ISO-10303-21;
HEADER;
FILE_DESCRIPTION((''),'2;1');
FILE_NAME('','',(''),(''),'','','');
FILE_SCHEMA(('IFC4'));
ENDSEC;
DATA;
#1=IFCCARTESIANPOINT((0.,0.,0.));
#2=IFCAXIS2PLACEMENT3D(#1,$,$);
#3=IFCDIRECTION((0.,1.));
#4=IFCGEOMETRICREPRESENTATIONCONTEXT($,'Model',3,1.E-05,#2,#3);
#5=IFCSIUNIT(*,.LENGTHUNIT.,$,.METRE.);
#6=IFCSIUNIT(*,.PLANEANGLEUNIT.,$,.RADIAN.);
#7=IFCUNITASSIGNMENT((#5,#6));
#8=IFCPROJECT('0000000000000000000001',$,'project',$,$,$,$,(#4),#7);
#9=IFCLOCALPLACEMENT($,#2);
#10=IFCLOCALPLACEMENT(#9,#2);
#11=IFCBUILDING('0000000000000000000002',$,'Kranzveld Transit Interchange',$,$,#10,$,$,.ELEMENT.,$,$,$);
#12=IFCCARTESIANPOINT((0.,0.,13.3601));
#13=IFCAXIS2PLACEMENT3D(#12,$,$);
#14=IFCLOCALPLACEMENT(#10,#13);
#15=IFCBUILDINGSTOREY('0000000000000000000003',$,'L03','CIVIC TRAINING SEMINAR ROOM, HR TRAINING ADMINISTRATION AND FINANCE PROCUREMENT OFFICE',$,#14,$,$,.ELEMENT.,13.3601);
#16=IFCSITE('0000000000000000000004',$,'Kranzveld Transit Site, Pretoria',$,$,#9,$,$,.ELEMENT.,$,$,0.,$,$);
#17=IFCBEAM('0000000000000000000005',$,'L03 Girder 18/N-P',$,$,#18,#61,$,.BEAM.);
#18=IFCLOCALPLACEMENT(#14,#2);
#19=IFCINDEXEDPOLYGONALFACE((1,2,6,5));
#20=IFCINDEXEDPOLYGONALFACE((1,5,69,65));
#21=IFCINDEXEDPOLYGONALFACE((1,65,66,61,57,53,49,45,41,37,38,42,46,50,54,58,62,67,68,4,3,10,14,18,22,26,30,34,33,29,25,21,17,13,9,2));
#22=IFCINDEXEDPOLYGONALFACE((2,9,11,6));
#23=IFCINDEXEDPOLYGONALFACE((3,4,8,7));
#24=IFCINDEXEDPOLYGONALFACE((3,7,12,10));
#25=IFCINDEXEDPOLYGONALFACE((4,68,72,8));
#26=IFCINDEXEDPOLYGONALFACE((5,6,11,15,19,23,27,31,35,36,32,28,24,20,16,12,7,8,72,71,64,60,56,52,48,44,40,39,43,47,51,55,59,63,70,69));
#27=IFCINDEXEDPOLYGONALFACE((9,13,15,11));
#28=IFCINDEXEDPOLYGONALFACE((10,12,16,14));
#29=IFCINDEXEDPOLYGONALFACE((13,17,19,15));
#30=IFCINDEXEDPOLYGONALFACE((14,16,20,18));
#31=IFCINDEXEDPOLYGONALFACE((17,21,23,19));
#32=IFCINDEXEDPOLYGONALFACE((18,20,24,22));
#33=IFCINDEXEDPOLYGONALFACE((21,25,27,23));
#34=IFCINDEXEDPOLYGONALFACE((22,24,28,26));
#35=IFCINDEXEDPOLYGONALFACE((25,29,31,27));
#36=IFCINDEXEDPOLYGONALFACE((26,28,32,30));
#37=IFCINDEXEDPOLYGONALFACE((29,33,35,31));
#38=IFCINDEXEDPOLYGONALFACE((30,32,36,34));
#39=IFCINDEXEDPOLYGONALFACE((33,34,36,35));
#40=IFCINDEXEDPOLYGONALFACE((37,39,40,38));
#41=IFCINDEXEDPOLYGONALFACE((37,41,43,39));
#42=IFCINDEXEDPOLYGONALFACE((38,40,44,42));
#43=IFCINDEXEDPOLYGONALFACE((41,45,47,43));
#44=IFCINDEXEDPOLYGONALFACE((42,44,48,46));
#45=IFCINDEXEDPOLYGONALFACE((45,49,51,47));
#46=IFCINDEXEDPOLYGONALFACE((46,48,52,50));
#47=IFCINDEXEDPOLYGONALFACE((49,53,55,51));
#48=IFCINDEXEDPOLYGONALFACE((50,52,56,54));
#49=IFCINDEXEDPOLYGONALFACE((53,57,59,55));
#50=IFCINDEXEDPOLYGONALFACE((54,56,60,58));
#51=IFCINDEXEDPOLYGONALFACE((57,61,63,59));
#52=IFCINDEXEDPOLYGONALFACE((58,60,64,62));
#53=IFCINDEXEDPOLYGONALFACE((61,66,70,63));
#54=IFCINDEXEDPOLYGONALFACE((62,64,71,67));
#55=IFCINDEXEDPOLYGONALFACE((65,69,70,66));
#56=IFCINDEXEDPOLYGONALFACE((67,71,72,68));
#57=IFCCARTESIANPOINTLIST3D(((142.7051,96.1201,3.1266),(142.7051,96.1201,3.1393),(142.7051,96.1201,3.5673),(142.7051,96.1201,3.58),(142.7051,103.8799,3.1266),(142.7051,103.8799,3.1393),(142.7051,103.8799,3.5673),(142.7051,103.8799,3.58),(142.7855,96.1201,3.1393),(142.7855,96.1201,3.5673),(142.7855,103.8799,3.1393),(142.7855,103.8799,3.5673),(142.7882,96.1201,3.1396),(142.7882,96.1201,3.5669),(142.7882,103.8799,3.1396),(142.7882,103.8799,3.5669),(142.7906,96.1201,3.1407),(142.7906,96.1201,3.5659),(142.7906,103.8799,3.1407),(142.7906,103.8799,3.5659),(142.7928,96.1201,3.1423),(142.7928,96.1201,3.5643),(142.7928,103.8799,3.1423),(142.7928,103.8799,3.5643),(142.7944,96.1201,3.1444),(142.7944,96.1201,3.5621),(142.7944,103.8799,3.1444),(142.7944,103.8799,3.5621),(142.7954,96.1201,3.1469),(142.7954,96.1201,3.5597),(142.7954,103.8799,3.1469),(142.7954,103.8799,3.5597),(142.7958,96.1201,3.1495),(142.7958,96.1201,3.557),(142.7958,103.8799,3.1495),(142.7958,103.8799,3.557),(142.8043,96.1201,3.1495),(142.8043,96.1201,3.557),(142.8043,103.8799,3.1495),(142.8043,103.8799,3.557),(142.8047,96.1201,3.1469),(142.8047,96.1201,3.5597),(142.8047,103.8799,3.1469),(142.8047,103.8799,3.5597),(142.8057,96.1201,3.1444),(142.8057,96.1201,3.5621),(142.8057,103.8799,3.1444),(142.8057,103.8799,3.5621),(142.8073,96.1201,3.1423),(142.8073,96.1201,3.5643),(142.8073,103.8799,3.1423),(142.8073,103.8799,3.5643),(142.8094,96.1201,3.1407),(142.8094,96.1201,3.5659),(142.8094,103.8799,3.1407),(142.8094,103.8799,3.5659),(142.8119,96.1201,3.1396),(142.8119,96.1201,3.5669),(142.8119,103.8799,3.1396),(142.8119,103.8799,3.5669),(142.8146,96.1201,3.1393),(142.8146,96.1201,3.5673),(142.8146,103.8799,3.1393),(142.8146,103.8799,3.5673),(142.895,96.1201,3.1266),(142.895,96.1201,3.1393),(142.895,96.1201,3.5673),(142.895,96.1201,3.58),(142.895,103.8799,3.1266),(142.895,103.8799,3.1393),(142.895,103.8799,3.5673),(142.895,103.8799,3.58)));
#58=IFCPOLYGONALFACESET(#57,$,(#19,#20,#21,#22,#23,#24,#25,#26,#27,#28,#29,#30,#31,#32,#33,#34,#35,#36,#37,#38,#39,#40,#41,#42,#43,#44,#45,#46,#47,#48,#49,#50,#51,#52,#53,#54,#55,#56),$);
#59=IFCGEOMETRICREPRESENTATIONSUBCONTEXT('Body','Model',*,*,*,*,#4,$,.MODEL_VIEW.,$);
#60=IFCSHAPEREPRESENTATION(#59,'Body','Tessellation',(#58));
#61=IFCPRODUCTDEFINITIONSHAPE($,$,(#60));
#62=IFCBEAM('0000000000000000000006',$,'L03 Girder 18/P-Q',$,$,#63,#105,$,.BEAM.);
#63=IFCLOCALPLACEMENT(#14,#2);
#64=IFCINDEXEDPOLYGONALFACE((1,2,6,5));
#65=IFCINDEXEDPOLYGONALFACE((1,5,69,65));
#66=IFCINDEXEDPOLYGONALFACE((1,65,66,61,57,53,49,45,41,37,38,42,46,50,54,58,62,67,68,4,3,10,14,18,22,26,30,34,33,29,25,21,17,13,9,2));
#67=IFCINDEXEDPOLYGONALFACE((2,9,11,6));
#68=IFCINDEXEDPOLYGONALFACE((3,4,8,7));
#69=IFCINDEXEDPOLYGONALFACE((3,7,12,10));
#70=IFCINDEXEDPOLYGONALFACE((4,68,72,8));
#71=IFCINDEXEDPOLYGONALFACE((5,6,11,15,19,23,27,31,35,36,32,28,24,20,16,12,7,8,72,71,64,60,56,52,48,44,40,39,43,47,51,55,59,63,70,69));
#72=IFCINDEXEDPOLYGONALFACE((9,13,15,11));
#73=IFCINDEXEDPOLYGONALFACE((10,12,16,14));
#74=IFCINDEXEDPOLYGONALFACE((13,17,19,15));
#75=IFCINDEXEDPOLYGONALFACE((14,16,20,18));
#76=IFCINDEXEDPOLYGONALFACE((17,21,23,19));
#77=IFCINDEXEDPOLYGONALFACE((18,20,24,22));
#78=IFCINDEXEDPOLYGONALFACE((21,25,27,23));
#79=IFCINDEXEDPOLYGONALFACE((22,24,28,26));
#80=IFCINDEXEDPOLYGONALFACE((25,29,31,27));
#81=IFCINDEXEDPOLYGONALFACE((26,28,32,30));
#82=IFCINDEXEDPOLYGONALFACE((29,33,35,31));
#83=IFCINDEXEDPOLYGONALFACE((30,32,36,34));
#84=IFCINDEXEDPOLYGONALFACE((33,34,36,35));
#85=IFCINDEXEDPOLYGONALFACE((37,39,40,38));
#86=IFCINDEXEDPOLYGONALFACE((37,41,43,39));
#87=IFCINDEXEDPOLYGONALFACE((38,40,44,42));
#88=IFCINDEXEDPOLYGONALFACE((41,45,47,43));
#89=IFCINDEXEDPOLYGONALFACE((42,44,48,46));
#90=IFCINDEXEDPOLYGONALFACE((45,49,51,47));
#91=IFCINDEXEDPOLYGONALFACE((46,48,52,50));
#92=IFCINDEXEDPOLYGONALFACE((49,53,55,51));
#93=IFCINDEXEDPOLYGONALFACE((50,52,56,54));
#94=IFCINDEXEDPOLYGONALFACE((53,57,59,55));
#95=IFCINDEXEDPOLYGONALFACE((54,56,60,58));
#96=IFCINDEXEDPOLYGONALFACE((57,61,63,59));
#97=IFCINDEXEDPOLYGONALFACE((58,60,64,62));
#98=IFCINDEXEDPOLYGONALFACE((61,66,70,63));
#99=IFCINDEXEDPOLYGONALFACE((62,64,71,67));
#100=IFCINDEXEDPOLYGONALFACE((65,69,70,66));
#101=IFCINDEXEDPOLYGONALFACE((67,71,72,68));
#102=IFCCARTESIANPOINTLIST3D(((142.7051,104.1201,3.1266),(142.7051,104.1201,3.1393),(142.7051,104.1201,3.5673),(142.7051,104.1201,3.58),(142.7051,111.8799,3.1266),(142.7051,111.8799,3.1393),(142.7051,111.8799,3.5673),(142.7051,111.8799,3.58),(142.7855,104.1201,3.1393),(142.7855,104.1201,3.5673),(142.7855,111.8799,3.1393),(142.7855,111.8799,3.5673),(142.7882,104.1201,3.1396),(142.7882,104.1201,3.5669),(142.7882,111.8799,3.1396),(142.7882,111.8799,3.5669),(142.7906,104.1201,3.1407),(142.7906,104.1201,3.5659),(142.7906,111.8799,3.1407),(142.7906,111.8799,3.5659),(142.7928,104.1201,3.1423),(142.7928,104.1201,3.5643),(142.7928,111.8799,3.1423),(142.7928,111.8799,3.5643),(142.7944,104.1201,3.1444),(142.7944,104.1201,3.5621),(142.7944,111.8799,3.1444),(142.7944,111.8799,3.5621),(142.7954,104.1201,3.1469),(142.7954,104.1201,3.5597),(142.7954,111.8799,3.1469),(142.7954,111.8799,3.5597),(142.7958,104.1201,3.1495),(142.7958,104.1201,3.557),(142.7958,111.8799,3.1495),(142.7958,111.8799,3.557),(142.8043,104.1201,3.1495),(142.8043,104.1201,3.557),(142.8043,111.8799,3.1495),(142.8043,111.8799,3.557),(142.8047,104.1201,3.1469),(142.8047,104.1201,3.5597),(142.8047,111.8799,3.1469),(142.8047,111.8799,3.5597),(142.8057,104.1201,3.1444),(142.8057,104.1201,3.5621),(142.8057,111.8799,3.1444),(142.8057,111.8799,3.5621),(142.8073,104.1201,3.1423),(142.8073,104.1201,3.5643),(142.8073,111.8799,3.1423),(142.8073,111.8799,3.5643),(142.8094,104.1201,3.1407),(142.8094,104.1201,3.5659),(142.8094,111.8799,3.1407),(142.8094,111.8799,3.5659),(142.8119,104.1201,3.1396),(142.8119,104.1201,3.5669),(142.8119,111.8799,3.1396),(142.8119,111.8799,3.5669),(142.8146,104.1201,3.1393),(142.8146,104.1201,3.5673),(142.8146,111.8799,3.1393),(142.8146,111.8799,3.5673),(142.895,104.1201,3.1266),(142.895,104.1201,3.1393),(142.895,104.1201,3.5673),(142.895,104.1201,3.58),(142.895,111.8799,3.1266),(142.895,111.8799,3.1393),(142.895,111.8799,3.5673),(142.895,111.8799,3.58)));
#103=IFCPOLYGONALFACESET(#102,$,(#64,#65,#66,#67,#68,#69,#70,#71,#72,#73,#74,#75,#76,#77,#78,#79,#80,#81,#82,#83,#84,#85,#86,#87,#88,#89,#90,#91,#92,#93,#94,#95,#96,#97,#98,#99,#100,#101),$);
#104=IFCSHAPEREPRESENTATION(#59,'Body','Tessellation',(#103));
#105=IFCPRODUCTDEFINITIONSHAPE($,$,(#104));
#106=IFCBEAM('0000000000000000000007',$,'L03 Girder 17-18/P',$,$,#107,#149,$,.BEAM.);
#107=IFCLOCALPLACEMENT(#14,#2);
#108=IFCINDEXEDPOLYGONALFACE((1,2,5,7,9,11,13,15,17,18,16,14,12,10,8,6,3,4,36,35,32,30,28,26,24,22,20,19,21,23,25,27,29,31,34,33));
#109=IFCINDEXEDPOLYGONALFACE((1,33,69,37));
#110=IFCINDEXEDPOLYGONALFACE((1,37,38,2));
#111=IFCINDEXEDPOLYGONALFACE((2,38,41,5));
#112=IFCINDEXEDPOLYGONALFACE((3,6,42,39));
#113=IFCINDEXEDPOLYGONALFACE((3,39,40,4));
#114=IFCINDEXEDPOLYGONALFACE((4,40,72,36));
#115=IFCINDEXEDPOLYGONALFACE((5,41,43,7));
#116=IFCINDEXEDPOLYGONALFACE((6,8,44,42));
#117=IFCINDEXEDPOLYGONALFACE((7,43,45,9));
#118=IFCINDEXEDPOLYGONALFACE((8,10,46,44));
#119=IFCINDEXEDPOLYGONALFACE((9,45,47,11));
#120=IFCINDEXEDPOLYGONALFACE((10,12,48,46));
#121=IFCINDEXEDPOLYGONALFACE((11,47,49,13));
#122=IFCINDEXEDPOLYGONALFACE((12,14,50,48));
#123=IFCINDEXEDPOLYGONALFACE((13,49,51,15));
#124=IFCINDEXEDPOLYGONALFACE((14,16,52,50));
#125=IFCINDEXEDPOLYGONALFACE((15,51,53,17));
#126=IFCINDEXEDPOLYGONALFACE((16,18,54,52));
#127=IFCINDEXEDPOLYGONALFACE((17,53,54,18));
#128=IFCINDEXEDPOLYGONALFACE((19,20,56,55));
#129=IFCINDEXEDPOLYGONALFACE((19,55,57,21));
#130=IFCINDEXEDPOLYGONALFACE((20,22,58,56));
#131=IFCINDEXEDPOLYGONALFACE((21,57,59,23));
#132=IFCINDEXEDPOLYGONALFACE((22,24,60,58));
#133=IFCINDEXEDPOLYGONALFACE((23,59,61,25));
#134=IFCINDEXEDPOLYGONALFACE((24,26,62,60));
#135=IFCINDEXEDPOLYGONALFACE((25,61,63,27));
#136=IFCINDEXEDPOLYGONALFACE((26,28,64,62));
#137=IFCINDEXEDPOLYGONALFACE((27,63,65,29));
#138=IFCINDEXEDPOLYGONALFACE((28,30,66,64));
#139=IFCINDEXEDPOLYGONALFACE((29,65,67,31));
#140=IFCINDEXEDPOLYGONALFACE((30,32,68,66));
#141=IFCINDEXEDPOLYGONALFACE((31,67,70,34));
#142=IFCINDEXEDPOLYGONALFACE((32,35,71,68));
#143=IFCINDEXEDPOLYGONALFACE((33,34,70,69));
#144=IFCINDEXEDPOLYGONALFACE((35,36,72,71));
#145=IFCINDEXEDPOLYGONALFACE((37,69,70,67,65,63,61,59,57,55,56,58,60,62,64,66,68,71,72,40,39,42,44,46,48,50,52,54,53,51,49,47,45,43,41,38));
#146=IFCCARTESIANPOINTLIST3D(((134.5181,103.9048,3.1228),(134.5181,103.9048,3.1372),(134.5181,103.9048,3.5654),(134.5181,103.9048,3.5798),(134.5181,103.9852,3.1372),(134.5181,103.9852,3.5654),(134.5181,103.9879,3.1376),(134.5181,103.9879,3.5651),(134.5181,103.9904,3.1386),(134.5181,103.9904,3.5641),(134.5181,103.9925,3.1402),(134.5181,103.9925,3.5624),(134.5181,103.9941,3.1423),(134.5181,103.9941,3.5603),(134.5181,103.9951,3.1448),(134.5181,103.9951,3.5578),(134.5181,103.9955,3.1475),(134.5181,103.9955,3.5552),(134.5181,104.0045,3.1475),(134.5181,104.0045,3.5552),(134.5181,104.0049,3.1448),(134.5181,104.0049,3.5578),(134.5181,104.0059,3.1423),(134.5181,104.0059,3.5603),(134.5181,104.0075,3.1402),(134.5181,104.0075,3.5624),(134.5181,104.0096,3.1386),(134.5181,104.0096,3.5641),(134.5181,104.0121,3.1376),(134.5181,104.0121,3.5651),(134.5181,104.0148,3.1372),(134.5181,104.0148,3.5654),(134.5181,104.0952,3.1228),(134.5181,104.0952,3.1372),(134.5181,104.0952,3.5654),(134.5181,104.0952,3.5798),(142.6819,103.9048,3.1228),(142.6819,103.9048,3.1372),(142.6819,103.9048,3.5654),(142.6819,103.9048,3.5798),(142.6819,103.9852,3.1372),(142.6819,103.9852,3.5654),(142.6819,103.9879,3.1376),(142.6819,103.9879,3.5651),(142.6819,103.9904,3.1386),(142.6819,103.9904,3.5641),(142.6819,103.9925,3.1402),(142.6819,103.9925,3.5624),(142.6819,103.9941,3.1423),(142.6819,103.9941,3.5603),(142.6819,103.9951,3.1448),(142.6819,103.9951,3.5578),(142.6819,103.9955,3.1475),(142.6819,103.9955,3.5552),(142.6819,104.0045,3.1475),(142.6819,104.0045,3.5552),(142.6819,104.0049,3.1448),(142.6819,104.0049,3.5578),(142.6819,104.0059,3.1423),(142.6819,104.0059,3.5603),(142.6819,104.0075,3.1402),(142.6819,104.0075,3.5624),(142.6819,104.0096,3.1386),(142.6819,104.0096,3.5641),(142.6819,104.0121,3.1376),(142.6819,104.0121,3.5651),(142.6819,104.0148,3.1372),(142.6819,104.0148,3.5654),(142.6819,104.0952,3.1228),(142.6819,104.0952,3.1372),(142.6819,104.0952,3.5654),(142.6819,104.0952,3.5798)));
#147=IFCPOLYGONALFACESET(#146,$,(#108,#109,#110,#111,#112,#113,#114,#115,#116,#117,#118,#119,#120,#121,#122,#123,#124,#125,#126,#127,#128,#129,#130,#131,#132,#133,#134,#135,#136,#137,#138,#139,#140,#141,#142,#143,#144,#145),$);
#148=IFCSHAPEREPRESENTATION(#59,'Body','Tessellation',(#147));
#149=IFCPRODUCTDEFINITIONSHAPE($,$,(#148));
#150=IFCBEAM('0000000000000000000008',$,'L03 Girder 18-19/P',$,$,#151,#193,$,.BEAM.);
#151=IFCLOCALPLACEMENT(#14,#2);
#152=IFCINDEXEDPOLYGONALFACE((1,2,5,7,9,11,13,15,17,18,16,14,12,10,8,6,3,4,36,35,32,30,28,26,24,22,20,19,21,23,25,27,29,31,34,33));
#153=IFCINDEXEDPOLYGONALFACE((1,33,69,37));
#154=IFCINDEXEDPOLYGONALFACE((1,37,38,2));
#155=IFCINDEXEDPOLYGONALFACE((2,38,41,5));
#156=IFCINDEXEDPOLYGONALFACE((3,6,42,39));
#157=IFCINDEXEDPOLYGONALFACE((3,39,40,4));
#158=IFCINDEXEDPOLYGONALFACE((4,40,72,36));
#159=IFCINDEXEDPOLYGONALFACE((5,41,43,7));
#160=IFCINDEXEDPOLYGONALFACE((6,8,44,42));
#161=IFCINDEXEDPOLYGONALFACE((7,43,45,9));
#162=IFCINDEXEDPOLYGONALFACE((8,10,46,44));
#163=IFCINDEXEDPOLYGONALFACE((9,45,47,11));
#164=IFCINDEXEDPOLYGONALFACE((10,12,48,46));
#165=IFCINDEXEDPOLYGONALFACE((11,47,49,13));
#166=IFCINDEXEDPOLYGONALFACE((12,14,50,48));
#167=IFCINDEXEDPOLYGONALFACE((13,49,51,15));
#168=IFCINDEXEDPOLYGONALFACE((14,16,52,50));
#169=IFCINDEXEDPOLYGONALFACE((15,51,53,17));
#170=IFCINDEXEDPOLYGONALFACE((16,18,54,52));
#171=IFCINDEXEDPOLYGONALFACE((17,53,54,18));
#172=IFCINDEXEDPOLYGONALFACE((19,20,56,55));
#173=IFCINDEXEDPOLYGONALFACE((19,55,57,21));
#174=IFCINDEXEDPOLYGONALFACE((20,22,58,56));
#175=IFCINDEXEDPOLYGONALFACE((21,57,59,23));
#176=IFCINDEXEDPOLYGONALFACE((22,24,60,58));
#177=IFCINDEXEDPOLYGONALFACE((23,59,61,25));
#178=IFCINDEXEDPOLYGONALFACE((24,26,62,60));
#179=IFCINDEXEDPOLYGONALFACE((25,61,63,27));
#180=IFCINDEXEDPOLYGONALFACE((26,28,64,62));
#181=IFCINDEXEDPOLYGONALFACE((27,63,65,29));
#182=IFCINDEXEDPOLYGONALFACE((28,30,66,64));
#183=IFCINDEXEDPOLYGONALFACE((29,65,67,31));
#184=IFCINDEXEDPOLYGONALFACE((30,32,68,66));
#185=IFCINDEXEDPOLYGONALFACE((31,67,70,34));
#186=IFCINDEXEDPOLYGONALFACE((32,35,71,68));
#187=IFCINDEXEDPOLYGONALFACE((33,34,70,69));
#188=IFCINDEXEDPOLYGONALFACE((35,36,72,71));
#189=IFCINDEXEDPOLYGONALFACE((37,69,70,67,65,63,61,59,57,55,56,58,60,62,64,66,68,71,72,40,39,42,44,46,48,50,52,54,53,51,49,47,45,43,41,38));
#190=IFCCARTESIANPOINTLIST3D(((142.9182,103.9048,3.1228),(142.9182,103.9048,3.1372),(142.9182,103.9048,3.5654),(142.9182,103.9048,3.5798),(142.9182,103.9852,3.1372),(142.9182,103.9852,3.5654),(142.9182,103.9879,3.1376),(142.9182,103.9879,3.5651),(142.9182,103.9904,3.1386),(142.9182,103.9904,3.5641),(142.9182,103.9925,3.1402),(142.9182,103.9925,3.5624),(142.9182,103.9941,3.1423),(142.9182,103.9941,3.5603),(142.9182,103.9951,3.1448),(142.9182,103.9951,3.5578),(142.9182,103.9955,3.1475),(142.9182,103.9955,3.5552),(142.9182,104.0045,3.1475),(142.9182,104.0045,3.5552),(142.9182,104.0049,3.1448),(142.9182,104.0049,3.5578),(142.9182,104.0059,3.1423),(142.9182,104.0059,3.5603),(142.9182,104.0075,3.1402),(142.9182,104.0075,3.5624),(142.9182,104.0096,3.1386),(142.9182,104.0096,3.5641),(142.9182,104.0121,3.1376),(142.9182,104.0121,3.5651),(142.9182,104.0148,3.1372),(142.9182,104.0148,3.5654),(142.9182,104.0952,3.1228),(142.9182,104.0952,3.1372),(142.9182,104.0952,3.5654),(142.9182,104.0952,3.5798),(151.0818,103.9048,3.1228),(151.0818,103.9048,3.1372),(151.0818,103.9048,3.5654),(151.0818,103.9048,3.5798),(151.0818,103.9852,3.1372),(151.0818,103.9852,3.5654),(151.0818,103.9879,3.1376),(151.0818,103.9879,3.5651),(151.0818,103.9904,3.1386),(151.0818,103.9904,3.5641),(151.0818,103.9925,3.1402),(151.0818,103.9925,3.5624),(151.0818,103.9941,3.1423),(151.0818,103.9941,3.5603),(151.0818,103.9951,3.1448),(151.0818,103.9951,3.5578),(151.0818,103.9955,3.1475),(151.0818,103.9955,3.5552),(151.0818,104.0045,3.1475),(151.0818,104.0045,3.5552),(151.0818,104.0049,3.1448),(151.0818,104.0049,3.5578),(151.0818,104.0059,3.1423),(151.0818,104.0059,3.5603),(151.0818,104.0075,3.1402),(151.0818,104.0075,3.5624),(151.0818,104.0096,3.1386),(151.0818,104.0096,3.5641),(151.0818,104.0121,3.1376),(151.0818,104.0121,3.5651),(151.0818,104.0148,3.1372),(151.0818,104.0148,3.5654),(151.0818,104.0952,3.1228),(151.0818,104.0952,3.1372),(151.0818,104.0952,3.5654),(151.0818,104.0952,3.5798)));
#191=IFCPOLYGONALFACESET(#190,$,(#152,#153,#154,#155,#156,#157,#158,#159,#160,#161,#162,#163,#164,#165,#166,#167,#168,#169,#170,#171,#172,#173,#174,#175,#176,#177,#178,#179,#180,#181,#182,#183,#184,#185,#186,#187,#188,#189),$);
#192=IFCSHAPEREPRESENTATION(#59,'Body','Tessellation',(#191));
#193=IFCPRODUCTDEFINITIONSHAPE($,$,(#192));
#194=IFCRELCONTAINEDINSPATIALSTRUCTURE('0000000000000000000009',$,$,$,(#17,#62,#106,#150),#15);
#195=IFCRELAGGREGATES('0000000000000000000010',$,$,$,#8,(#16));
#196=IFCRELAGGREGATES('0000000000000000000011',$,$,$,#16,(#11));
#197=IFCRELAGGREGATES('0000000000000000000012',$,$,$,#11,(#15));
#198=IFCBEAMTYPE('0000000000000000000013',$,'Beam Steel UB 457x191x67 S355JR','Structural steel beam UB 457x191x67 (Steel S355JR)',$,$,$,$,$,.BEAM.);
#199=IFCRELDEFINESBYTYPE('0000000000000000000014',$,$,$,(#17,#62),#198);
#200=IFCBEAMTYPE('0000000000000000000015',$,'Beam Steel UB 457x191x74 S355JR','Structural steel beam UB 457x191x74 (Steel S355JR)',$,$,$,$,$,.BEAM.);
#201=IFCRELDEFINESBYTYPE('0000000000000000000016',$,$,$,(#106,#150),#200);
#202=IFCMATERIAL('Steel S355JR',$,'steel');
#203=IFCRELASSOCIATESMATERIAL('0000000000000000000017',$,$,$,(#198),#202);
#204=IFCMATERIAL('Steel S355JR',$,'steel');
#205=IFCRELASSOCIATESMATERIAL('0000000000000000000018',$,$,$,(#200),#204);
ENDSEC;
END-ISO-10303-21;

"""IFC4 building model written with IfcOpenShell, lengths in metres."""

from ifc_helpers import new_model, si_unit, direction, frame, origin, origin_2d, place, context, subcontext, project, spatial, i_section, extrude, material, material_profile, profile_set, type_object, element, save


model = new_model("IFC4")

# Units and contexts
model_context = context("Model", 3, precision=1e-05, world=origin(), true_north=direction((0.0, 1.0)))
body_context = subcontext(model_context, "Body", "Model", "MODEL_VIEW")
ifc_project = project(units=[si_unit("LENGTHUNIT", "METRE"), si_unit("PLANEANGLEUNIT", "RADIAN")], contexts=[model_context])

# Site, building, storey
site_placement = place(None, origin())
site = spatial("IfcSite", under=ifc_project, at=site_placement, Name="Kranzveld Transit Site, Pretoria", CompositionType="ELEMENT", RefElevation=0.0)
building_placement = place(site_placement, origin())
building = spatial("IfcBuilding", under=site, at=building_placement, Name="Kranzveld Transit Interchange", CompositionType="ELEMENT")
storey_placement = place(building_placement, frame((0.0, 0.0, 13.3601)))
storey = spatial("IfcBuildingStorey", under=building, at=storey_placement, Name="L03", Description="CIVIC TRAINING SEMINAR ROOM, HR TRAINING ADMINISTRATION AND FINANCE PROCUREMENT OFFICE", CompositionType="ELEMENT", Elevation=13.3601)

# Beams
ifc_material_1 = material(Name="Steel S355JR", Category="steel")
ifc_material_profile_1 = material_profile(ifc_material_1, i_section(OverallWidth=0.1899, OverallDepth=0.4534, WebThickness=0.0085, FlangeThickness=0.0127, FilletRadius=0.0103, at=origin_2d()), Name="UB 457x191x67")
ifc_profile_set_1 = profile_set([ifc_material_profile_1], Name="Steel S355JR")
beam_type_1 = type_object("IfcBeamType", Name="Beam Steel UB 457x191x67 S355JR", Description="Structural steel beam UB 457x191x67 (Steel S355JR)", PredefinedType="BEAM", material=ifc_profile_set_1)
for number, where, z_axis, x_axis, name in (
    (1, (142.8, 96.1201, 3.3533), (0.0, 1.0, 0.0), (-1.0, 0.0, 0.0), "L03 Girder 18/N-P"),
    (2, (142.8, 104.1201, 3.3533), (0.0, 1.0, 0.0), (-1.0, 0.0, 0.0), "L03 Girder 18/P-Q"),
):
    element("IfcBeam", number, at=place(storey_placement, frame(where, z_axis=z_axis, x_axis=x_axis)), inside=storey, type_object=beam_type_1, Name=name, PredefinedType="BEAM", context=body_context, shape_type="SweptSolid", body=[
        extrude(i_section(OverallWidth=0.1899, OverallDepth=0.4534, WebThickness=0.0085, FlangeThickness=0.0127, FilletRadius=0.0103, at=origin_2d()), origin(), (0.0, 0.0, 1.0), 7.7598),
    ])
ifc_material_2 = material(Name="Steel S355JR", Category="steel")
ifc_material_profile_2 = material_profile(ifc_material_2, i_section(OverallWidth=0.1904, OverallDepth=0.457, WebThickness=0.009, FlangeThickness=0.0144, FilletRadius=0.0103, at=origin_2d()), Name="UB 457x191x74")
ifc_profile_set_2 = profile_set([ifc_material_profile_2], Name="Steel S355JR")
beam_type_2 = type_object("IfcBeamType", Name="Beam Steel UB 457x191x74 S355JR", Description="Structural steel beam UB 457x191x74 (Steel S355JR)", PredefinedType="BEAM", material=ifc_profile_set_2)
beam_1_placement = place(storey_placement, frame((134.5181, 104.0, 3.3513), z_axis=(1.0, 0.0, 0.0), x_axis=(0.0, 1.0, 0.0)))
element("IfcBeam", 3, at=beam_1_placement, inside=storey, type_object=beam_type_2, Name="L03 Girder 17-18/P", PredefinedType="BEAM", context=body_context, shape_type="SweptSolid", body=[
    extrude(i_section(OverallWidth=0.1904, OverallDepth=0.457, WebThickness=0.009, FlangeThickness=0.0144, FilletRadius=0.0103, at=origin_2d()), origin(), (0.0, 0.0, 1.0), 8.1638),
])
beam_2_placement = place(storey_placement, frame((142.9182, 104.0, 3.3513), z_axis=(1.0, 0.0, 0.0), x_axis=(0.0, 1.0, 0.0)))
element("IfcBeam", 4, at=beam_2_placement, inside=storey, type_object=beam_type_2, Name="L03 Girder 18-19/P", PredefinedType="BEAM", context=body_context, shape_type="SweptSolid", body=[
    extrude(i_section(OverallWidth=0.1904, OverallDepth=0.457, WebThickness=0.009, FlangeThickness=0.0144, FilletRadius=0.0103, at=origin_2d()), origin(), (0.0, 0.0, 1.0), 8.1636),
])

save(model, "model.ifc")
